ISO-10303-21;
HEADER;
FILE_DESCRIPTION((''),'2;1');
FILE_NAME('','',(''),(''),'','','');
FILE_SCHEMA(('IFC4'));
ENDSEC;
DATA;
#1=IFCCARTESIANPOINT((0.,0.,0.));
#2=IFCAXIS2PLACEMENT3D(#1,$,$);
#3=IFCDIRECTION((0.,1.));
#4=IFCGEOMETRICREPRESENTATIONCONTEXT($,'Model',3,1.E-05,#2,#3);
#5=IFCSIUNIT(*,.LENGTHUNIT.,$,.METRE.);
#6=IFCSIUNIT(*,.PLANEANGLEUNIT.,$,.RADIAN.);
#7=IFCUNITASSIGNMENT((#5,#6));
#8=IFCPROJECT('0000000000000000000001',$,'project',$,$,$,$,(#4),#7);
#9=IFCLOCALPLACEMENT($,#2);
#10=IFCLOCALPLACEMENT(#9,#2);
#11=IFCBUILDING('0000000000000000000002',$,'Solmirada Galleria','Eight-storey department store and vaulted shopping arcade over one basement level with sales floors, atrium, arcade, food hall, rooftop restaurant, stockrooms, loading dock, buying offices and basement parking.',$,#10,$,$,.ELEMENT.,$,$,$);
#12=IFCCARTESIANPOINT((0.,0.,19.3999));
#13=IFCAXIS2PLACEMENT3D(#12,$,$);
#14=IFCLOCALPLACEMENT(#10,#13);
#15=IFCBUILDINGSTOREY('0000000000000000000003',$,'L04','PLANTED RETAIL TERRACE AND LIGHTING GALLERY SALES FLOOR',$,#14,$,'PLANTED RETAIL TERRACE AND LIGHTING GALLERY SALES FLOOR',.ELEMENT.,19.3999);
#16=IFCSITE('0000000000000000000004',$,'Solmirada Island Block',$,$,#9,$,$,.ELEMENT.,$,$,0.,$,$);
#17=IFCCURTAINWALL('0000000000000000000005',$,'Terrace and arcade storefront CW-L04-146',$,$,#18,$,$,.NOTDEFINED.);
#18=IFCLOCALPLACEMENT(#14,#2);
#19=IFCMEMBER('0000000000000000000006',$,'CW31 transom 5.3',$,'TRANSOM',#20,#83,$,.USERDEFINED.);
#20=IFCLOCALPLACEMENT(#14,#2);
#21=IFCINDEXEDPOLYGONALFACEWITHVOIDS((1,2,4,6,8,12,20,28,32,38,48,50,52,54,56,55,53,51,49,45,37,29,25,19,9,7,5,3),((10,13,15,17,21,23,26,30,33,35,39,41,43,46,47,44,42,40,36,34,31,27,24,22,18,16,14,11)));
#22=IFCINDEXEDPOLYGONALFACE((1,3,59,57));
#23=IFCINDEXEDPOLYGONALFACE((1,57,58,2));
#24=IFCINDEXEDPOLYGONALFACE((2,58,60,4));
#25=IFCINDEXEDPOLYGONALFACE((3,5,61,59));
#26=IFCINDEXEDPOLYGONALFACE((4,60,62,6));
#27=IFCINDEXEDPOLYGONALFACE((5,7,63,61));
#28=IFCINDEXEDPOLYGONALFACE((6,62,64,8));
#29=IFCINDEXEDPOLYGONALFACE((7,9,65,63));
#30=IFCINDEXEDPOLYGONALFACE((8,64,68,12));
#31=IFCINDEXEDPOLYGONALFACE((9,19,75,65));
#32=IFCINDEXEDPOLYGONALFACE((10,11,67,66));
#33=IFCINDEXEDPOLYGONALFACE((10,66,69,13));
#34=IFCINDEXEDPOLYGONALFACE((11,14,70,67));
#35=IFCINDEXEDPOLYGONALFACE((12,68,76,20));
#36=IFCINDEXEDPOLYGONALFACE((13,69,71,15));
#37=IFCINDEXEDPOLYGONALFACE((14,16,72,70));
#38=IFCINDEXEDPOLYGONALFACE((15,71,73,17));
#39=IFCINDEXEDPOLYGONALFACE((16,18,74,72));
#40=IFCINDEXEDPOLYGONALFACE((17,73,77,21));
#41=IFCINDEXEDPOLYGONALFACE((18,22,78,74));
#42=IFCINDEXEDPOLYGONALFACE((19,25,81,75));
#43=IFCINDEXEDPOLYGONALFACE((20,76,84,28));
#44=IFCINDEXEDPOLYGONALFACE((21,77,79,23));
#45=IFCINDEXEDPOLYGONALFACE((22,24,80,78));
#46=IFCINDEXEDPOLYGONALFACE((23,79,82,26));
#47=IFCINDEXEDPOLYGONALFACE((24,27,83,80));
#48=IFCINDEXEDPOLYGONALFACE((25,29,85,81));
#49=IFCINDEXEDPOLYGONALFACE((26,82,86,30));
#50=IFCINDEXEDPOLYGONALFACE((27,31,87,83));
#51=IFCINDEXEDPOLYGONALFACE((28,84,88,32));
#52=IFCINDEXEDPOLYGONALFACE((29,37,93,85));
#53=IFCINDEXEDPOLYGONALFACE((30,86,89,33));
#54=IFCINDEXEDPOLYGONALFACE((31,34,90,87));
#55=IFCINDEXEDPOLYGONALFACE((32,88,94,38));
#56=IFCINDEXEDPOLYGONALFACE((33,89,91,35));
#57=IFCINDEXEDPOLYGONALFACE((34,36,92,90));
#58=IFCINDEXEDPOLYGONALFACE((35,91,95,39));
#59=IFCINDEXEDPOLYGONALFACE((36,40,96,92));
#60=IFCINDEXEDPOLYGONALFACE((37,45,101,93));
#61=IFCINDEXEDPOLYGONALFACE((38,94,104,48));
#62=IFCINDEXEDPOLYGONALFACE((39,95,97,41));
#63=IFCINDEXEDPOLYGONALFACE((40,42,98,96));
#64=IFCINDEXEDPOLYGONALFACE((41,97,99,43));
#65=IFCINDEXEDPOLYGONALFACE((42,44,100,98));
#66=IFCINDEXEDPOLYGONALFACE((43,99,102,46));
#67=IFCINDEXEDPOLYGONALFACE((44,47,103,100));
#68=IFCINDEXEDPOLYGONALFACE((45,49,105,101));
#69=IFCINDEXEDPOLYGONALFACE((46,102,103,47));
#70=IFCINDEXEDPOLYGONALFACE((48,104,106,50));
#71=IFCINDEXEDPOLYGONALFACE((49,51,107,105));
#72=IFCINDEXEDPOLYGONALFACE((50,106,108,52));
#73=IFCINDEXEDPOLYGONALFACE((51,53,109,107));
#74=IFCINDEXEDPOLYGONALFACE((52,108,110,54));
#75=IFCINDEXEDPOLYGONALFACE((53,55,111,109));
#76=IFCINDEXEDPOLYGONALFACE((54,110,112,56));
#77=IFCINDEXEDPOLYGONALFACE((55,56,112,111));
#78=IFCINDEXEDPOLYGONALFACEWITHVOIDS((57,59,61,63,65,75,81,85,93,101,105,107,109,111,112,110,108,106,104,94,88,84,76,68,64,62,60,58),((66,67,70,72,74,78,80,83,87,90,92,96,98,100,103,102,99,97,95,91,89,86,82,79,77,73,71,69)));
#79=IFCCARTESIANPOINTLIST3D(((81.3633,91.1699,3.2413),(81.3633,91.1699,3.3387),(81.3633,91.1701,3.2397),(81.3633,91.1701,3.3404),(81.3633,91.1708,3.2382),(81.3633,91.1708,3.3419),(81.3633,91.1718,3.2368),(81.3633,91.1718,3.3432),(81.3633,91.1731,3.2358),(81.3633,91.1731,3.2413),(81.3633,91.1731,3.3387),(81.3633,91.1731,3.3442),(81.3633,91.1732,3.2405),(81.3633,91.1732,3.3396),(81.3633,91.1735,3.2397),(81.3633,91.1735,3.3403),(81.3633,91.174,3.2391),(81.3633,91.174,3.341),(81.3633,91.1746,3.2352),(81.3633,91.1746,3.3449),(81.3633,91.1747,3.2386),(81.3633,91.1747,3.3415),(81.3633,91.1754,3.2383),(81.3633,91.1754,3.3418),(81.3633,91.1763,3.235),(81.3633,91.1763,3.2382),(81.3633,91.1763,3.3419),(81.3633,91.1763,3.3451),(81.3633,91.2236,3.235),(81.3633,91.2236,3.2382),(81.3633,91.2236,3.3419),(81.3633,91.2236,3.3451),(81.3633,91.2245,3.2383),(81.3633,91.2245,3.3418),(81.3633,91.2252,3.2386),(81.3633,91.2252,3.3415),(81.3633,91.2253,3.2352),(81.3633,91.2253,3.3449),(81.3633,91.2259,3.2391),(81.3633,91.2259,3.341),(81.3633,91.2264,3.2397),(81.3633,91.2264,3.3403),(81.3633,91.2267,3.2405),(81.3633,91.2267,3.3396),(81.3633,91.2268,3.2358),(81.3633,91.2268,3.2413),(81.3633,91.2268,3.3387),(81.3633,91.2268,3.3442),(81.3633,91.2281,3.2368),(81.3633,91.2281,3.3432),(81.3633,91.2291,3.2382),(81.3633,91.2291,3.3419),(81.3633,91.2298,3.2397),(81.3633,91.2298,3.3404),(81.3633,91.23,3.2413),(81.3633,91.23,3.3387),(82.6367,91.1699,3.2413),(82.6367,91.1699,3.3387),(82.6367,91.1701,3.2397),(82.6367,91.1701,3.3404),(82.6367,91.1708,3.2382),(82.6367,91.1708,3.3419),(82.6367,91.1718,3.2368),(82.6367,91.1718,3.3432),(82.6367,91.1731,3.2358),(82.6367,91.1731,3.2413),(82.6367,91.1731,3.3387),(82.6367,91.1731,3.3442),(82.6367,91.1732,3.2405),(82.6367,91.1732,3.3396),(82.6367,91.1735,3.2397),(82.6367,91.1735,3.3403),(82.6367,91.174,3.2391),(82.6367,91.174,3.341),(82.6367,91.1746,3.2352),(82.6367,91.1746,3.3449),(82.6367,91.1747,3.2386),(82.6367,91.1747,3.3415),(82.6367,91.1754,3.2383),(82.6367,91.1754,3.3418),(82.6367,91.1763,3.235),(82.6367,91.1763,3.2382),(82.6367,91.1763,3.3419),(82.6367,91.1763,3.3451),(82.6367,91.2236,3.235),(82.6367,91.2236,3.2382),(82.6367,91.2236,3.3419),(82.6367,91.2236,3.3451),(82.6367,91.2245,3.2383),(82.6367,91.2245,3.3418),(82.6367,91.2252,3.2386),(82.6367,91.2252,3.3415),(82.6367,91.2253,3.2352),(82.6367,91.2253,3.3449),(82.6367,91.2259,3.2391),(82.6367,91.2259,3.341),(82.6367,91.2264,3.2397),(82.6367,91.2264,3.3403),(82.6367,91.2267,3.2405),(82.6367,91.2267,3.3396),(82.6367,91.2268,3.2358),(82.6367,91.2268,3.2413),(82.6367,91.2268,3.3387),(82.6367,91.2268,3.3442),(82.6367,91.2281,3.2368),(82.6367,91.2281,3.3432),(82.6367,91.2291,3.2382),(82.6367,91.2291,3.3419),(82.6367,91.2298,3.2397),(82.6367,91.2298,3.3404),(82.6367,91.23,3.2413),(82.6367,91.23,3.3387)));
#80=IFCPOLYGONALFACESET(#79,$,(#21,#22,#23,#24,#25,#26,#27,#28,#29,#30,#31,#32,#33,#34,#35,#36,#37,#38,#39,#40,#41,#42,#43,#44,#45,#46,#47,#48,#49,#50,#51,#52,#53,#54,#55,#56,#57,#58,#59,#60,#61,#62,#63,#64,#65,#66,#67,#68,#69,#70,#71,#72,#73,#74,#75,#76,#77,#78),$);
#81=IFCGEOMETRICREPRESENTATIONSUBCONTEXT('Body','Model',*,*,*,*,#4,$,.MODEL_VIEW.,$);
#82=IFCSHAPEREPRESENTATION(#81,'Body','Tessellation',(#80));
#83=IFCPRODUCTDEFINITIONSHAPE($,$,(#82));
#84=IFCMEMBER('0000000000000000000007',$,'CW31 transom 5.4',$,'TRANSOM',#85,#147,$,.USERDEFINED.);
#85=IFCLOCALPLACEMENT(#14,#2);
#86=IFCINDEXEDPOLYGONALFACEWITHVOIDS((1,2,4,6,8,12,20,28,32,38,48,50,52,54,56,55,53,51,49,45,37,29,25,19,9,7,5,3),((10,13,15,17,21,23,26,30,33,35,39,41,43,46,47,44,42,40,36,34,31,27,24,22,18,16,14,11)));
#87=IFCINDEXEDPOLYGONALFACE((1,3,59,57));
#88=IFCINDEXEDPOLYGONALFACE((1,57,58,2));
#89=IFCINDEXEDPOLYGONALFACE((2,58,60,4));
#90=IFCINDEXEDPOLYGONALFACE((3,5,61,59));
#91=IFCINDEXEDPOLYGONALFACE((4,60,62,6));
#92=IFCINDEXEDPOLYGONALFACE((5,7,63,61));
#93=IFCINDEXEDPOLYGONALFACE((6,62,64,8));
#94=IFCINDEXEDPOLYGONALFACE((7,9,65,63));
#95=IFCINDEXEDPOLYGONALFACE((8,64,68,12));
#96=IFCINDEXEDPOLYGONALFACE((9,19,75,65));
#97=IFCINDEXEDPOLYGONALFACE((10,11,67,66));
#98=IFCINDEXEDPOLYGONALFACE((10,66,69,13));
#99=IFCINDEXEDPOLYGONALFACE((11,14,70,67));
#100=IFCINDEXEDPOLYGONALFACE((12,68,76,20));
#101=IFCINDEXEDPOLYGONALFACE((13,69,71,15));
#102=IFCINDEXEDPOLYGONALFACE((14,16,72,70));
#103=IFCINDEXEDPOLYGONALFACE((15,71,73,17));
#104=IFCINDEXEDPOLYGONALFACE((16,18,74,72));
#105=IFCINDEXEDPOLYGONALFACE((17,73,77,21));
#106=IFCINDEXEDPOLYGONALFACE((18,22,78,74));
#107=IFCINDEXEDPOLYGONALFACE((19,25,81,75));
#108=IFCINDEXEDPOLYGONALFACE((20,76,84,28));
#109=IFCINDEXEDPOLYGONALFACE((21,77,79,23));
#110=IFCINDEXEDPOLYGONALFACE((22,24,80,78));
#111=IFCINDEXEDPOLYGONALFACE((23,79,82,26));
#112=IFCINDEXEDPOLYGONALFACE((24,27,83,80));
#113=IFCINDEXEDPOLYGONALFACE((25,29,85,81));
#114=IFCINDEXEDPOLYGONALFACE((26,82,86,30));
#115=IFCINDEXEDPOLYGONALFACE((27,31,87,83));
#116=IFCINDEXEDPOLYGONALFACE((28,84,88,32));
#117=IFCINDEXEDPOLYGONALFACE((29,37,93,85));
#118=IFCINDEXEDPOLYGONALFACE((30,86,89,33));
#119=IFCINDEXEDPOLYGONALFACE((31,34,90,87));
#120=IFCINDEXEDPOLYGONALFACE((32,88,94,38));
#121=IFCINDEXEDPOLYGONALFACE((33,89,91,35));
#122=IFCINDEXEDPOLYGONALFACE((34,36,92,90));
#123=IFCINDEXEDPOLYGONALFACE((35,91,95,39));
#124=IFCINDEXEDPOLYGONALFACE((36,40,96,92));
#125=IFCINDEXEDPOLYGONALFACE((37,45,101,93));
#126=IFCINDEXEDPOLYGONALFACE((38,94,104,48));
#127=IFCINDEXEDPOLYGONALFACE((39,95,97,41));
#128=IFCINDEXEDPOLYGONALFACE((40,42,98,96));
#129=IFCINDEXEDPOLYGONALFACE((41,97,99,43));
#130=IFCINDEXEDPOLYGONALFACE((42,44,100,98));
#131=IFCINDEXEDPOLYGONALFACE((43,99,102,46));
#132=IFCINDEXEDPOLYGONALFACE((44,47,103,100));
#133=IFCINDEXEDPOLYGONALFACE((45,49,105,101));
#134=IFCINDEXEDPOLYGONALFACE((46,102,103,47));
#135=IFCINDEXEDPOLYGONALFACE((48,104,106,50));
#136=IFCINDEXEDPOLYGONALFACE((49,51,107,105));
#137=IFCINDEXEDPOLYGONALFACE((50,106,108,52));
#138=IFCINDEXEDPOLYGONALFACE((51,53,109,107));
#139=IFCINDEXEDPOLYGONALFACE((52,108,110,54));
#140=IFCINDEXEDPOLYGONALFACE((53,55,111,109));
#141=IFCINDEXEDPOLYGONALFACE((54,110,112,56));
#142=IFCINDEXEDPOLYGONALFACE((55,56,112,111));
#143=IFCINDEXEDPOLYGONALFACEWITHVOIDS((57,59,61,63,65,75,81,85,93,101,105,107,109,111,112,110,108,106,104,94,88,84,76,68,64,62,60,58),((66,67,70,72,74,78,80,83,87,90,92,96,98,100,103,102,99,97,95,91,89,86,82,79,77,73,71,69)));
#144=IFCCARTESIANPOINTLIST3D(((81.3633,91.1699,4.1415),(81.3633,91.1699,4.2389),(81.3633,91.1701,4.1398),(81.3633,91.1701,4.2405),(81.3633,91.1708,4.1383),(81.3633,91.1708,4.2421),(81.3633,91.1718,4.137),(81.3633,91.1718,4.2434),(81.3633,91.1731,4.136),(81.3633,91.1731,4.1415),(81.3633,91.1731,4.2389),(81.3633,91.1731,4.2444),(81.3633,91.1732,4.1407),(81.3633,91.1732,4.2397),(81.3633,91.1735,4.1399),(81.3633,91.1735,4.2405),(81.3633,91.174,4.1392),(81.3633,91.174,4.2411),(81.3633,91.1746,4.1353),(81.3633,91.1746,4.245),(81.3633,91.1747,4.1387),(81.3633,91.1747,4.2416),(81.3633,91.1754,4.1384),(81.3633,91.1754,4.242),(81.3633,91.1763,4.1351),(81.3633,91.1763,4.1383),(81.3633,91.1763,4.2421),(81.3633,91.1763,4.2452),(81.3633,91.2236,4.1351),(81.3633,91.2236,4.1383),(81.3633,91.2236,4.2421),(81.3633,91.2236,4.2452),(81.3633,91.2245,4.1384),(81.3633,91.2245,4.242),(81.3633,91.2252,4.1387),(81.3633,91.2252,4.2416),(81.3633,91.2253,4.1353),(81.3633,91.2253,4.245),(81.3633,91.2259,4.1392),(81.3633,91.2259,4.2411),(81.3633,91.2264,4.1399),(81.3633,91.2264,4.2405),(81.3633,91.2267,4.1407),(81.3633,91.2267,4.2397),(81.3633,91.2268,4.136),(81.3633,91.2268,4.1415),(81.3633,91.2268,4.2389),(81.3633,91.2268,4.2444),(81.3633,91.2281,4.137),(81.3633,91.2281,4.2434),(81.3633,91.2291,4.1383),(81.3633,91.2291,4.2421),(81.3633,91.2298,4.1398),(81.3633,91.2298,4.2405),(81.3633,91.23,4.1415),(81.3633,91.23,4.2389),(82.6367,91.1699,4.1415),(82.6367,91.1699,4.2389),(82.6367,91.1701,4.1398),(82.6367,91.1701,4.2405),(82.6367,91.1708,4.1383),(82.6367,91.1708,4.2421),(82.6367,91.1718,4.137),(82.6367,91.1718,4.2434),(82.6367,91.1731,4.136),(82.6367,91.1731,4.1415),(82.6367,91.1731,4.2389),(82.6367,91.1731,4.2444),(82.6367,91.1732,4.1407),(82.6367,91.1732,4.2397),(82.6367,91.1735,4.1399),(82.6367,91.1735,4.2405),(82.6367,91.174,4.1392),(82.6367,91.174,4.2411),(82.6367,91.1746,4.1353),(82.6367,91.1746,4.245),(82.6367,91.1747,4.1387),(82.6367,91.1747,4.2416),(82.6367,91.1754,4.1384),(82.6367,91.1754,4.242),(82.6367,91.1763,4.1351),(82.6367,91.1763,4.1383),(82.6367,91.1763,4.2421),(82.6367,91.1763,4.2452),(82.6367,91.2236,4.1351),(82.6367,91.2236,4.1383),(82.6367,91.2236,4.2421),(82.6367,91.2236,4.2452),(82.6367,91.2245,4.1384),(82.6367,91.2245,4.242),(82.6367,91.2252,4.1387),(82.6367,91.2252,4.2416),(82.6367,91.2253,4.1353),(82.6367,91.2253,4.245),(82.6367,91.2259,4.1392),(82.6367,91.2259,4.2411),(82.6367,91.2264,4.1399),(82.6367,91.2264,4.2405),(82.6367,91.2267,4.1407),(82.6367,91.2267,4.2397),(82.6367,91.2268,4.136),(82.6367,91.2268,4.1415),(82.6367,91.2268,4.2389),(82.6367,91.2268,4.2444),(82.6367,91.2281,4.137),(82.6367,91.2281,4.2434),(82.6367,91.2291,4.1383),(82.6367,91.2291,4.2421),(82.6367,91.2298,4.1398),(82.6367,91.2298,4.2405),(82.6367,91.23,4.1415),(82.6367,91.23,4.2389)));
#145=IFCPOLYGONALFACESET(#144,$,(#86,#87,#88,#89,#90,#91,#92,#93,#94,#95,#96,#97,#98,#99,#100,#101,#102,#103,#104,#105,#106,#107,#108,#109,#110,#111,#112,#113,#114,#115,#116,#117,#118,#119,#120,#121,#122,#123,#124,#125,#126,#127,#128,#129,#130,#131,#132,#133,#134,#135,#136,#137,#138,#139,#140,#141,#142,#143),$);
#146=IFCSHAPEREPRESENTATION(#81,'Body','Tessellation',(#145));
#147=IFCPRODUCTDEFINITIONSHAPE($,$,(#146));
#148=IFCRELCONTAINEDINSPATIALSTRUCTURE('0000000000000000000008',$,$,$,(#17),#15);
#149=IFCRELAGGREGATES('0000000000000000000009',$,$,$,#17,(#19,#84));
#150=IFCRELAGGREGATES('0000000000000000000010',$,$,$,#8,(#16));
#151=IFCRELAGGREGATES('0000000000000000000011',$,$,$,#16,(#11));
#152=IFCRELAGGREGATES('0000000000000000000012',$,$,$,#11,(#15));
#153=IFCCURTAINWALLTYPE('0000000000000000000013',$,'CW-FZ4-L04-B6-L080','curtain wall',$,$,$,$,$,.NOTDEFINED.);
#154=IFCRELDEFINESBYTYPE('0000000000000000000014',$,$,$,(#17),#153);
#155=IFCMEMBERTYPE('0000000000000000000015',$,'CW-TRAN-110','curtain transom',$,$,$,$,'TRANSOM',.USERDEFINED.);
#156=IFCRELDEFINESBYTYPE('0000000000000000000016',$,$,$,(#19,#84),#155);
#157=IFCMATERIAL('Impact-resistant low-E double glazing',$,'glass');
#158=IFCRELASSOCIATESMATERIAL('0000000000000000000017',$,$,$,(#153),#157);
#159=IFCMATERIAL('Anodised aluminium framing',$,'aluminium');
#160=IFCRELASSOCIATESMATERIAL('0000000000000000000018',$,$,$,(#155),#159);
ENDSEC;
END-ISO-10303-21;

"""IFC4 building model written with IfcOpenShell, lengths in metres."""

from ifc_helpers import new_model, si_unit, direction, frame, origin, origin_2d, place, context, subcontext, project, spatial, hollow_rectangle, extrude, material, material_profile, profile_set, type_object, element, aggregate, save


model = new_model("IFC4")

# Units and contexts
model_context = context("Model", 3, precision=1e-05, world=origin(), true_north=direction((0.0, 1.0)))
body_context = subcontext(model_context, "Body", "Model", "MODEL_VIEW")
ifc_project = project(units=[si_unit("LENGTHUNIT", "METRE"), si_unit("PLANEANGLEUNIT", "RADIAN")], contexts=[model_context])

# Site, building, storey
site_placement = place(None, origin())
site = spatial("IfcSite", under=ifc_project, at=site_placement, Name="Solmirada Island Block", CompositionType="ELEMENT", RefElevation=0.0)
building_placement = place(site_placement, origin())
building = spatial("IfcBuilding", under=site, at=building_placement, Name="Solmirada Galleria", Description="Eight-storey department store and vaulted shopping arcade over one basement level with sales floors, atrium, arcade, food hall, rooftop restaurant, stockrooms, loading dock, buying offices and basement parking.", CompositionType="ELEMENT")
storey_placement = place(building_placement, frame((0.0, 0.0, 19.3999)))
storey = spatial("IfcBuildingStorey", under=building, at=storey_placement, Name="L04", Description="PLANTED RETAIL TERRACE AND LIGHTING GALLERY SALES FLOOR", LongName="PLANTED RETAIL TERRACE AND LIGHTING GALLERY SALES FLOOR", CompositionType="ELEMENT", Elevation=19.3999)

# Curtain wall, members
ifc_material_1 = material(Name="Impact-resistant low-E double glazing", Category="glass")
curtain_wall_type = type_object("IfcCurtainWallType", Name="CW-FZ4-L04-B6-L080", Description="curtain wall", PredefinedType="NOTDEFINED", material=ifc_material_1)
curtain_wall_placement = place(storey_placement, origin())
curtain_wall = element("IfcCurtainWall", 1, at=curtain_wall_placement, inside=storey, type_object=curtain_wall_type, Name="Terrace and arcade storefront CW-L04-146", PredefinedType="NOTDEFINED")
ifc_material_2 = material(Name="Anodised aluminium framing", Category="aluminium")
ifc_material_profile_1 = material_profile(ifc_material_2, hollow_rectangle(XDim=0.0601, YDim=0.1101, WallThickness=0.0032, InnerFilletRadius=0.0032, OuterFilletRadius=0.0063, at=origin_2d()), Name="ALU-TRAN-110X60")
ifc_profile_set_1 = profile_set([ifc_material_profile_1], Name="Anodised aluminium framing")
member_type_1 = type_object("IfcMemberType", Name="CW-TRAN-110", Description="curtain transom", ElementType="TRANSOM", PredefinedType="USERDEFINED", material=ifc_profile_set_1)
member_1_placement = place(storey_placement, frame((82.6367, 91.2, 3.29), z_axis=(-1.0, 0.0, 0.0), x_axis=(0.0, -1.0, 0.0)))
member_1 = element("IfcMember", 2, at=member_1_placement, type_object=member_type_1, Name="CW31 transom 5.3", ObjectType="TRANSOM", PredefinedType="USERDEFINED", context=body_context, shape_type="SweptSolid", body=[
    extrude(hollow_rectangle(XDim=0.0601, YDim=0.1101, WallThickness=0.0032, InnerFilletRadius=0.0032, OuterFilletRadius=0.0063, at=origin_2d()), origin(), (0.0, 0.0, 1.0), 1.2734),
])
member_2_placement = place(storey_placement, frame((82.6367, 91.2, 4.1902), z_axis=(-1.0, 0.0, 0.0), x_axis=(0.0, -1.0, 0.0)))
member_2 = element("IfcMember", 3, at=member_2_placement, type_object=member_type_1, Name="CW31 transom 5.4", ObjectType="TRANSOM", PredefinedType="USERDEFINED", context=body_context, shape_type="SweptSolid", body=[
    extrude(hollow_rectangle(XDim=0.0601, YDim=0.1101, WallThickness=0.0032, InnerFilletRadius=0.0032, OuterFilletRadius=0.0063, at=origin_2d()), origin(), (0.0, 0.0, 1.0), 1.2734),
])
aggregate(curtain_wall, [member_1, member_2])

save(model, "model.ifc")
